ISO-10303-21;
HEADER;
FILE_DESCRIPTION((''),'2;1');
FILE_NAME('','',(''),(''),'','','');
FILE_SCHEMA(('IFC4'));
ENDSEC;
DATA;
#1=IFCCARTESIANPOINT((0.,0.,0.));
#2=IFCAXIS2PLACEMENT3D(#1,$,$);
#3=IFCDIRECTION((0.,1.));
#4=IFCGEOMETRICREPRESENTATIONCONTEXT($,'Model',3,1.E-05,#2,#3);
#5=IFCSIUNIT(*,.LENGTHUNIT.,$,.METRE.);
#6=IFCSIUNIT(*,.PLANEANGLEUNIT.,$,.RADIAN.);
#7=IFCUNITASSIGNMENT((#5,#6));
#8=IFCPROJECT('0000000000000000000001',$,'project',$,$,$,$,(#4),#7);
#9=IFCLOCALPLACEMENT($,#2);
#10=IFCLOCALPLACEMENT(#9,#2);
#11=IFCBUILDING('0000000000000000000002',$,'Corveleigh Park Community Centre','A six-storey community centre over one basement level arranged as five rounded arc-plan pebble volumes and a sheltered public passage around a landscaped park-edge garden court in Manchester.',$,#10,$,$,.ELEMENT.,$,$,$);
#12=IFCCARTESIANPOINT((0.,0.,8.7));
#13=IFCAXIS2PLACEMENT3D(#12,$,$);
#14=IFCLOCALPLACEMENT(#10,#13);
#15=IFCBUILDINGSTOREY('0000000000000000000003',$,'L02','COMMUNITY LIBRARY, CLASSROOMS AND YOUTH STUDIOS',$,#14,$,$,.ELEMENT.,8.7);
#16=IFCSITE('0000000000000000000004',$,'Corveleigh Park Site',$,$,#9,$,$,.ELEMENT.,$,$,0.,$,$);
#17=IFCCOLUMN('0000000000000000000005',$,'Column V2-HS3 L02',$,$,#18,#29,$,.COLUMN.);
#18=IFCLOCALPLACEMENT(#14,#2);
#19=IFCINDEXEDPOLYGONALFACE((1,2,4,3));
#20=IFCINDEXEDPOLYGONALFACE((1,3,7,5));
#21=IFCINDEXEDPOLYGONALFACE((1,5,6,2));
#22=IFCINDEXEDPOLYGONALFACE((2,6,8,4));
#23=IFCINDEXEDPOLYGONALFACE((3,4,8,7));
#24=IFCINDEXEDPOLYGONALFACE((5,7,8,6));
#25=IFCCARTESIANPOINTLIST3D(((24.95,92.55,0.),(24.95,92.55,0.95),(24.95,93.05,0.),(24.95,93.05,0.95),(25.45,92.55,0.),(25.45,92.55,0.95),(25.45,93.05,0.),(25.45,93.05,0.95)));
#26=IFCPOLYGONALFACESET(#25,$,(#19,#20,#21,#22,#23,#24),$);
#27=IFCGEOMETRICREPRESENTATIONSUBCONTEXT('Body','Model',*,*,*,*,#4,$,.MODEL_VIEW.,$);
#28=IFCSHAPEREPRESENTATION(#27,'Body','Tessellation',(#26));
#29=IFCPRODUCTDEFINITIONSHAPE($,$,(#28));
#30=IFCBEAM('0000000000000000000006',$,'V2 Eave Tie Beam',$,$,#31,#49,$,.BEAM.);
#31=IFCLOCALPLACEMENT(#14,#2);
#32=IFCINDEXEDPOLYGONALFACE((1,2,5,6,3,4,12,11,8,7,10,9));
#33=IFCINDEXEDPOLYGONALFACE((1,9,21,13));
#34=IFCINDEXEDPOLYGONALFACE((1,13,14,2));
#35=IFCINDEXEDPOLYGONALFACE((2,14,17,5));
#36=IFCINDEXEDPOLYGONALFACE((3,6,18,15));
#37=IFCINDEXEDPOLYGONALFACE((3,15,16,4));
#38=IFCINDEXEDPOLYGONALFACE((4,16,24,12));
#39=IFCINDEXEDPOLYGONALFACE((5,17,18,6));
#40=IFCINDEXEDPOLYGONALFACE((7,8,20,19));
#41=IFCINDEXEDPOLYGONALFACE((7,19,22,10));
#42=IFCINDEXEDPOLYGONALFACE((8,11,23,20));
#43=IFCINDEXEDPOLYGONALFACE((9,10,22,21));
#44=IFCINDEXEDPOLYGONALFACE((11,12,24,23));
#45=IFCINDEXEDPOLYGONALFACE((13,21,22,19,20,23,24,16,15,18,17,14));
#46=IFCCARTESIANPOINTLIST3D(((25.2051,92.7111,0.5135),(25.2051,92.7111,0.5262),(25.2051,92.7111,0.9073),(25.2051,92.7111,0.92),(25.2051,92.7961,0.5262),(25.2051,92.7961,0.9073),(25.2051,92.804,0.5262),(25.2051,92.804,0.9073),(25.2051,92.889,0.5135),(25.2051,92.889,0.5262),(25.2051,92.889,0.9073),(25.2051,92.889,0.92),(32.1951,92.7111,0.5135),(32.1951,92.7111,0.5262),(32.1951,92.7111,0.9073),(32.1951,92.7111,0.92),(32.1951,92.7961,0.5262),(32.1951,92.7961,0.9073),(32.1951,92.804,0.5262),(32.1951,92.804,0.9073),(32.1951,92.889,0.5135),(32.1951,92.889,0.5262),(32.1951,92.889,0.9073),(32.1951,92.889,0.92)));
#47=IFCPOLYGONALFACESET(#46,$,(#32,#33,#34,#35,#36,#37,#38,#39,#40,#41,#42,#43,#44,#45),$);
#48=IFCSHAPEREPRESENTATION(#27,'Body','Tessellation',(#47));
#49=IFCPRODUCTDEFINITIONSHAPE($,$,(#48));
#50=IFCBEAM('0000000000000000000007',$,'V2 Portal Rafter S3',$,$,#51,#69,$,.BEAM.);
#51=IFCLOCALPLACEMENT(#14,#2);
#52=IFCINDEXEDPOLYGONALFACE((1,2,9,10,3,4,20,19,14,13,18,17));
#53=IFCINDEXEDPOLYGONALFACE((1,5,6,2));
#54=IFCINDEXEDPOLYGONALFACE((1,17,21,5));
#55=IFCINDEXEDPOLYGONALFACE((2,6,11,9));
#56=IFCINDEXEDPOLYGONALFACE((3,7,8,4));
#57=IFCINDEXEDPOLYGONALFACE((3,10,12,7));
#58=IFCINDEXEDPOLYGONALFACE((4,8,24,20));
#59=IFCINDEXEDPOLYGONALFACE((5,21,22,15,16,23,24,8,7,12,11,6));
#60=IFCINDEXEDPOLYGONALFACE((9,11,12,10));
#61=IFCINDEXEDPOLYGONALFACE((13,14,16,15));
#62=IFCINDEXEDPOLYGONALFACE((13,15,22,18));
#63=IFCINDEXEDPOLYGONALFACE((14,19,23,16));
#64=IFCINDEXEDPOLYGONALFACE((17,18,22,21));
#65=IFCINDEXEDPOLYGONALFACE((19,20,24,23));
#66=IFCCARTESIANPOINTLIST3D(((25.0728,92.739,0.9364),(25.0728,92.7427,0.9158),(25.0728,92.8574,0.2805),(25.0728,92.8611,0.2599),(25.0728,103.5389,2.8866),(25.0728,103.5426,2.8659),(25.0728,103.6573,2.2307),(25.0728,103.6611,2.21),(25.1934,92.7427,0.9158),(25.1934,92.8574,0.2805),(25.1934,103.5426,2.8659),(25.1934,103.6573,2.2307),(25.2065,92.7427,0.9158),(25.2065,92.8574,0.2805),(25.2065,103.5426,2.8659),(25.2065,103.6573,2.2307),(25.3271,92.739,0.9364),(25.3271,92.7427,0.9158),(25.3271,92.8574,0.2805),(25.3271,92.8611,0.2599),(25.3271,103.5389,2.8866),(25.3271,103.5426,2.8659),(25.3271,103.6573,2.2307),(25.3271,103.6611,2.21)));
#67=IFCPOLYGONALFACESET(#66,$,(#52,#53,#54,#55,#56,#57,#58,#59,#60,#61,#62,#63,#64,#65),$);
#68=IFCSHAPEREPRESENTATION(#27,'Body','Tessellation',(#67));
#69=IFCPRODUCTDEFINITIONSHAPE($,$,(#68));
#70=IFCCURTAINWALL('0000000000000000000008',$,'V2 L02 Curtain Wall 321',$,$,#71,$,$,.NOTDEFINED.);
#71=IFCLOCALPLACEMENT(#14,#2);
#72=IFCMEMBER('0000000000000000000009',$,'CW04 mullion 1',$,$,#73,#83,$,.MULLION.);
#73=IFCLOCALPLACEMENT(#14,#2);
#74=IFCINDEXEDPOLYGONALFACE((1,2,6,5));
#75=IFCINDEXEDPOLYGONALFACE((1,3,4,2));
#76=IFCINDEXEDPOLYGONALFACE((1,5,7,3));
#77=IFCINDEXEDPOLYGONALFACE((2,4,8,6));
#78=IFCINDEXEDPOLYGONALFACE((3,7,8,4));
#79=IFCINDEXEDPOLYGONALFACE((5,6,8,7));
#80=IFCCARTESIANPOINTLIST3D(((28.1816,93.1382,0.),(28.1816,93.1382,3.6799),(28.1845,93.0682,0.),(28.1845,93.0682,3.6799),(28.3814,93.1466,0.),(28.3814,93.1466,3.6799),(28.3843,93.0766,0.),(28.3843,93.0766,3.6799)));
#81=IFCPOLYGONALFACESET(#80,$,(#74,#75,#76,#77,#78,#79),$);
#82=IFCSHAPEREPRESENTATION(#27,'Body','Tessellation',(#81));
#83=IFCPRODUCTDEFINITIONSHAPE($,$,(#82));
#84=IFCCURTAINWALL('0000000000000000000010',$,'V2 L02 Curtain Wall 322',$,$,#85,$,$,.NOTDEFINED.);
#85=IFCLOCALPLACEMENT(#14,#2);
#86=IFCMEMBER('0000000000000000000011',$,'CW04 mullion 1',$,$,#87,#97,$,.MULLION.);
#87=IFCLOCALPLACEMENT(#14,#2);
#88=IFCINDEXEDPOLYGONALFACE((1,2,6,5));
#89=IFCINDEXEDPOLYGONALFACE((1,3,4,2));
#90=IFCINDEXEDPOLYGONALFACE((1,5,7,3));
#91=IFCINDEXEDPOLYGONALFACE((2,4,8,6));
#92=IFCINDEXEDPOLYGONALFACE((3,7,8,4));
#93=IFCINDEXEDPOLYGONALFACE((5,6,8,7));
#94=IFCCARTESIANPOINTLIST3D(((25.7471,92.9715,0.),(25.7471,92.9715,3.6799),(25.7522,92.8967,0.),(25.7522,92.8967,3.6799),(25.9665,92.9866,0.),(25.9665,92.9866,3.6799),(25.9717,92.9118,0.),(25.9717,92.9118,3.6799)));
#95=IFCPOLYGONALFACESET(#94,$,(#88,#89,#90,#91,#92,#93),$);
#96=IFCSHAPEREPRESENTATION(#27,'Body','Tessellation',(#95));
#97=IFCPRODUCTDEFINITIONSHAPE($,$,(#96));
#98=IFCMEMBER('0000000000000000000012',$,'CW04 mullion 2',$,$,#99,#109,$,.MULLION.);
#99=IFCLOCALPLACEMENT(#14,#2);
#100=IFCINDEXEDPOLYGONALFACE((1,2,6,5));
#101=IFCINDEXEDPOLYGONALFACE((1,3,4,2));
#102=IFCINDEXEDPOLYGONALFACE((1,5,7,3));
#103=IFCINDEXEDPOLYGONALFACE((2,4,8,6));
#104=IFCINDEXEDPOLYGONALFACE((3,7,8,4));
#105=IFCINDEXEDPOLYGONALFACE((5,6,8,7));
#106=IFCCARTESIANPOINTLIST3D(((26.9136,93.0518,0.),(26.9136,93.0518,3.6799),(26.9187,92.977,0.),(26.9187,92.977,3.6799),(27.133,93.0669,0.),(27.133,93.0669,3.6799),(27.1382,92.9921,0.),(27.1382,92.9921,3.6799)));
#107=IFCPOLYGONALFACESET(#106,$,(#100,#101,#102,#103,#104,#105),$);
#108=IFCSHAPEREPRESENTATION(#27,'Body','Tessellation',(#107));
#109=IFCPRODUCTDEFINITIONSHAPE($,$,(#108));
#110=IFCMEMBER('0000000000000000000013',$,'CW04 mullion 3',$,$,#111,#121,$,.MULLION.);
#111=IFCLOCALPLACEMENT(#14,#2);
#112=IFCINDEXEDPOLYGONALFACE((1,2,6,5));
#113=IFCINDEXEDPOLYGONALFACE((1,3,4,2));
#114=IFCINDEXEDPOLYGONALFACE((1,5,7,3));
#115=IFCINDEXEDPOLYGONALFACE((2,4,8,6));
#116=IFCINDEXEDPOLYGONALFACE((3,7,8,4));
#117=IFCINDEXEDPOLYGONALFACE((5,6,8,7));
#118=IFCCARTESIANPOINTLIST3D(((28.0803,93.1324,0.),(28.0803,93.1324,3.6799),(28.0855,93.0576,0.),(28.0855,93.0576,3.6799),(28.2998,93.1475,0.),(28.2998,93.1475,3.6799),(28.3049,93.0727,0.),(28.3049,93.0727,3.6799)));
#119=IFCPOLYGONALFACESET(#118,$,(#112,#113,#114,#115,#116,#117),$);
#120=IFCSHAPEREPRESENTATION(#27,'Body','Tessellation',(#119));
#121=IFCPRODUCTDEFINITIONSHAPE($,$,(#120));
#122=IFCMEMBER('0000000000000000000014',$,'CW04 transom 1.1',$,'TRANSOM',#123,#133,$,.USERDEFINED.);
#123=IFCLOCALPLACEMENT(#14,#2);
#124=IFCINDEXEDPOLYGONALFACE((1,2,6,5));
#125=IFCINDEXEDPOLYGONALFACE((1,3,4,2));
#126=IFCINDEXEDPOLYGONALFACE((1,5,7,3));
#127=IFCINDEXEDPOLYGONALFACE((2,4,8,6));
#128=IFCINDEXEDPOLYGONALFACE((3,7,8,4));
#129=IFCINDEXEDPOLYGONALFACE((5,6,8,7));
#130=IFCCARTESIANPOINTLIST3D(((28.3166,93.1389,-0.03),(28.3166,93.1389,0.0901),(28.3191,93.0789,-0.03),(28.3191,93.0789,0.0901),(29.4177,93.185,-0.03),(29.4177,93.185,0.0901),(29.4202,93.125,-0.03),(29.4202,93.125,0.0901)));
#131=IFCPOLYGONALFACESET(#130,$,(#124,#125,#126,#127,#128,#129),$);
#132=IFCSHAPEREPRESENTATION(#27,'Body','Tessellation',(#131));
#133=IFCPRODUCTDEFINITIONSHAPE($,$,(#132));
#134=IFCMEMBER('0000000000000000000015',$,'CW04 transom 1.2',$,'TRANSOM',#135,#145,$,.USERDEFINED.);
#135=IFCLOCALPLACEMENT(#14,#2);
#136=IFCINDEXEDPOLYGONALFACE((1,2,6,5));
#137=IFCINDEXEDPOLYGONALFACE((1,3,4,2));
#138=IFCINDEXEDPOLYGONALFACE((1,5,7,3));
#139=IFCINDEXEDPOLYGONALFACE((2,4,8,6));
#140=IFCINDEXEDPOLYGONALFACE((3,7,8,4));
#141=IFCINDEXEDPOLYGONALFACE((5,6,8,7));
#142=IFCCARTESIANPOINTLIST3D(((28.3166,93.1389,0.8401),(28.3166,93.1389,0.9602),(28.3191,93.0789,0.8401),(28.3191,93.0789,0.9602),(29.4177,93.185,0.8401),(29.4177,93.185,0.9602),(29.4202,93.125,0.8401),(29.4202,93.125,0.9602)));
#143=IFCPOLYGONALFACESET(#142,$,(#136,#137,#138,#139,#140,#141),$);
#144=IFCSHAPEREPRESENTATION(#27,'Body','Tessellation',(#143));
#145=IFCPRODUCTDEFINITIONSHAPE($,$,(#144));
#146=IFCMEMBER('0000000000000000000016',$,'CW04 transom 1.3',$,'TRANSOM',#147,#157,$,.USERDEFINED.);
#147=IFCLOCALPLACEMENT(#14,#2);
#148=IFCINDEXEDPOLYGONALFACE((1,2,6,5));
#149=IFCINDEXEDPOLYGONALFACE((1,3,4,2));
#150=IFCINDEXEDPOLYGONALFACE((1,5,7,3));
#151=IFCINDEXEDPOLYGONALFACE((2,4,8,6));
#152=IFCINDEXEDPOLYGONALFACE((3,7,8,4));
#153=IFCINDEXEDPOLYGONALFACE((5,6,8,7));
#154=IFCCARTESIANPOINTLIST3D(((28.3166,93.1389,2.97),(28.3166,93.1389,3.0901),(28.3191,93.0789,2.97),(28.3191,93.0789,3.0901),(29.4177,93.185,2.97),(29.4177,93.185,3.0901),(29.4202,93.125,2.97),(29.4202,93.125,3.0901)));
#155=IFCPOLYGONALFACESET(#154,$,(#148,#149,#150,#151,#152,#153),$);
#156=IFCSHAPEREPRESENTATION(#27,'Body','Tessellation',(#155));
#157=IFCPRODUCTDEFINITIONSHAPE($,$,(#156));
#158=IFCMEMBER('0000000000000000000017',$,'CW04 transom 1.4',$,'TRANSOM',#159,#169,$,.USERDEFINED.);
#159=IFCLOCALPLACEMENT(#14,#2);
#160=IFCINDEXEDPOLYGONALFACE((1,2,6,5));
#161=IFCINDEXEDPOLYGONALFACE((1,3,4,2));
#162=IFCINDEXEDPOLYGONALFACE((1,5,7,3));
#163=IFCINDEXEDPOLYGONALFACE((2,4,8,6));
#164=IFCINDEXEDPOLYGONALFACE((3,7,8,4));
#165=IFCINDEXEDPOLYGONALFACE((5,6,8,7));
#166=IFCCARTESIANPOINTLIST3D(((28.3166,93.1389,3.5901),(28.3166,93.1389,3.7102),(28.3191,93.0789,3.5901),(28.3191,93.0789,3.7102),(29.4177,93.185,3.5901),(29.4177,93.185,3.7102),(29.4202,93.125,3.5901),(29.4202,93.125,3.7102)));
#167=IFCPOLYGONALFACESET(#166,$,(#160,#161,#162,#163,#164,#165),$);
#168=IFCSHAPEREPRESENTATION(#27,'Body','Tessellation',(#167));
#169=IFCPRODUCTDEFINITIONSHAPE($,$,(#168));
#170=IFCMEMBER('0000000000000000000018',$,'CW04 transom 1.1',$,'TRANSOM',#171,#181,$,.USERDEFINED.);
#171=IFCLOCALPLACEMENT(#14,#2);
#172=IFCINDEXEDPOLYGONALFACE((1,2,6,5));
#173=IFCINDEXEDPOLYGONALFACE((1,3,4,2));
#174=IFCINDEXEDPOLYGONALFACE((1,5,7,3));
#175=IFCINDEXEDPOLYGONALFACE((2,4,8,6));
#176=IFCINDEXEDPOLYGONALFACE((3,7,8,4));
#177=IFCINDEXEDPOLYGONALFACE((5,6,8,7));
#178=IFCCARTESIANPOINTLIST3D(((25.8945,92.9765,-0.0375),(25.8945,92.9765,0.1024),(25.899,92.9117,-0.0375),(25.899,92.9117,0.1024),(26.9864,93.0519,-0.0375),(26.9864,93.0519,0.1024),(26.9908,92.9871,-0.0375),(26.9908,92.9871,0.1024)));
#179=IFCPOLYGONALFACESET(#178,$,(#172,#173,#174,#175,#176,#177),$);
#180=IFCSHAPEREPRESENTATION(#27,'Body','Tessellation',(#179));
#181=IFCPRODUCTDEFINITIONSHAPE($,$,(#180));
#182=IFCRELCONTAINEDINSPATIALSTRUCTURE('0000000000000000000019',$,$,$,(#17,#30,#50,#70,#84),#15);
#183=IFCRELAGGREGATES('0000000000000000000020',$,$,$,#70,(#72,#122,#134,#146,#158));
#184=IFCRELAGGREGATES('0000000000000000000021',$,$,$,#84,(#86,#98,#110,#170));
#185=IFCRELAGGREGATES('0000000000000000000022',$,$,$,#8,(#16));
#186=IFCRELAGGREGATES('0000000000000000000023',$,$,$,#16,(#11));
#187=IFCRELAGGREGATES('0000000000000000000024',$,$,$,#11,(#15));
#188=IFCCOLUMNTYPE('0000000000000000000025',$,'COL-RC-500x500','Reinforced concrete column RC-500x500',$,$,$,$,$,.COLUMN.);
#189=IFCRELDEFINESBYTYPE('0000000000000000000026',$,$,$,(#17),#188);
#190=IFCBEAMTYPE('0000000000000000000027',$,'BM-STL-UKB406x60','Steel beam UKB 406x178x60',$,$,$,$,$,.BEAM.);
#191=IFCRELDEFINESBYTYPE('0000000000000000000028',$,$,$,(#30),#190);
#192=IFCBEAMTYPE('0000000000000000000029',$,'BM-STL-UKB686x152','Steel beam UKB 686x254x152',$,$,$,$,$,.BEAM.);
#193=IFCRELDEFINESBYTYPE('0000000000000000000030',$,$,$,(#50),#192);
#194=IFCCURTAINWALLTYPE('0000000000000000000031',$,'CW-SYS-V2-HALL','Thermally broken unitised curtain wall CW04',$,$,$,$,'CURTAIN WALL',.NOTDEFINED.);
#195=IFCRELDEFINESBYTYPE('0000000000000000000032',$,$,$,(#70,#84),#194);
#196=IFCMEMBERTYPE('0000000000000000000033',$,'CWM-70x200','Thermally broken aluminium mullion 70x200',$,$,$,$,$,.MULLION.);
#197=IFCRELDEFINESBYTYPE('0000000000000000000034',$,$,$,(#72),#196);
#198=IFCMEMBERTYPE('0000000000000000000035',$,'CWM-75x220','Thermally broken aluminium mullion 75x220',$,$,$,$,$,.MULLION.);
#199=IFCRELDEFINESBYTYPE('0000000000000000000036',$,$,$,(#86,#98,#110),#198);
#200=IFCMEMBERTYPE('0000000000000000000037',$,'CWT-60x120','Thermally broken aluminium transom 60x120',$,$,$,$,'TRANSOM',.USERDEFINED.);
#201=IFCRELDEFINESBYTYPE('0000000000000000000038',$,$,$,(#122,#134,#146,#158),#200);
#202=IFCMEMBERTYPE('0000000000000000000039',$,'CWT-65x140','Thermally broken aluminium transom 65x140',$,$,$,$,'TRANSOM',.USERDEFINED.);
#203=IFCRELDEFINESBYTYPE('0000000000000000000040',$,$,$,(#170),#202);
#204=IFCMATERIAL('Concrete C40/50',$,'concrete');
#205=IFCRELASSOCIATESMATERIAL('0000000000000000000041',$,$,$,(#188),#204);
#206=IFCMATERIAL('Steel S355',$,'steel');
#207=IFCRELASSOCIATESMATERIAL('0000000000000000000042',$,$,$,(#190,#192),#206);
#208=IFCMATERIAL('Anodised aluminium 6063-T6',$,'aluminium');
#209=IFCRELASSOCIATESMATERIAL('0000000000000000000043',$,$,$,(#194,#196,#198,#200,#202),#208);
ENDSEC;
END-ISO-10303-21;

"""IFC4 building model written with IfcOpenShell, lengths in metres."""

from ifc_helpers import new_model, si_unit, direction, frame, origin, origin_2d, place, context, subcontext, project, spatial, rectangle, i_section, extrude, material, material_profile, profile_set, type_object, element, aggregate, save


model = new_model("IFC4")

# Units and contexts
model_context = context("Model", 3, precision=1e-05, world=origin(), true_north=direction((0.0, 1.0)))
body_context = subcontext(model_context, "Body", "Model", "MODEL_VIEW")
ifc_project = project(units=[si_unit("LENGTHUNIT", "METRE"), si_unit("PLANEANGLEUNIT", "RADIAN")], contexts=[model_context])

# Site, building, storey
site_placement = place(None, origin())
site = spatial("IfcSite", under=ifc_project, at=site_placement, Name="Corveleigh Park Site", CompositionType="ELEMENT", RefElevation=0.0)
building_placement = place(site_placement, origin())
building = spatial("IfcBuilding", under=site, at=building_placement, Name="Corveleigh Park Community Centre", Description="A six-storey community centre over one basement level arranged as five rounded arc-plan pebble volumes and a sheltered public passage around a landscaped park-edge garden court in Manchester.", CompositionType="ELEMENT")
storey_placement = place(building_placement, frame((0.0, 0.0, 8.7)))
storey = spatial("IfcBuildingStorey", under=building, at=storey_placement, Name="L02", Description="COMMUNITY LIBRARY, CLASSROOMS AND YOUTH STUDIOS", CompositionType="ELEMENT", Elevation=8.7)

# Column
ifc_material_1 = material(Name="Concrete C40/50", Category="concrete")
ifc_material_profile_1 = material_profile(ifc_material_1, rectangle(XDim=0.5, YDim=0.5, at=origin_2d()), Name="RC-500x500", Category="concrete")
ifc_profile_set_1 = profile_set([ifc_material_profile_1], Name="Concrete C40/50")
column_type = type_object("IfcColumnType", Name="COL-RC-500x500", Description="Reinforced concrete column RC-500x500", PredefinedType="COLUMN", material=ifc_profile_set_1)
column_placement = place(storey_placement, frame((25.2, 92.8, 0.0), z_axis=(0.0, 0.0, 1.0), x_axis=(1.0, 0.0, 0.0)))
element("IfcColumn", 1, at=column_placement, inside=storey, type_object=column_type, Name="Column V2-HS3 L02", PredefinedType="COLUMN", context=body_context, shape_type="SweptSolid", body=[
    extrude(rectangle(XDim=0.5, YDim=0.5, at=origin_2d()), origin(), (0.0, 0.0, 1.0), 0.95),
])

# Beams
ifc_material_2 = material(Name="Steel S355", Category="steel")
ifc_material_profile_2 = material_profile(ifc_material_2, i_section(OverallWidth=0.178, OverallDepth=0.4065, WebThickness=0.0078, FlangeThickness=0.0127, at=origin_2d()), Name="UKB 406x178x60", Category="steel")
ifc_profile_set_2 = profile_set([ifc_material_profile_2], Name="Steel S355")
beam_type_1 = type_object("IfcBeamType", Name="BM-STL-UKB406x60", Description="Steel beam UKB 406x178x60", PredefinedType="BEAM", material=ifc_profile_set_2)
beam_1_placement = place(storey_placement, frame((25.2051, 92.8, 0.7168), z_axis=(1.0, 0.0, 0.0), x_axis=(0.0, 1.0, 0.0)))
element("IfcBeam", 2, at=beam_1_placement, inside=storey, type_object=beam_type_1, Name="V2 Eave Tie Beam", PredefinedType="BEAM", context=body_context, shape_type="SweptSolid", body=[
    extrude(i_section(OverallWidth=0.178, OverallDepth=0.4065, WebThickness=0.0078, FlangeThickness=0.0127, at=origin_2d()), origin(), (0.0, 0.0, 1.0), 6.99),
])
ifc_material_profile_3 = material_profile(ifc_material_2, i_section(OverallWidth=0.2544, OverallDepth=0.6875, WebThickness=0.0132, FlangeThickness=0.021, at=origin_2d()), Name="UKB 686x254x152", Category="steel")
ifc_profile_set_3 = profile_set([ifc_material_profile_3], Name="Steel S355")
beam_type_2 = type_object("IfcBeamType", Name="BM-STL-UKB686x152", Description="Steel beam UKB 686x254x152", PredefinedType="BEAM", material=ifc_profile_set_3)
beam_2_placement = place(storey_placement, frame((25.2, 92.8, 0.5981), z_axis=(0.0, 0.984085, 0.177699), x_axis=(-1.0, 0.0, 0.0)))
element("IfcBeam", 3, at=beam_2_placement, inside=storey, type_object=beam_type_2, Name="V2 Portal Rafter S3", PredefinedType="BEAM", context=body_context, shape_type="SweptSolid", body=[
    extrude(i_section(OverallWidth=0.2544, OverallDepth=0.6875, WebThickness=0.0132, FlangeThickness=0.021, at=origin_2d()), origin(), (0.0, 0.0, 1.0), 10.9746),
])

# Curtain wall, member
ifc_material_3 = material(Name="Anodised aluminium 6063-T6", Category="aluminium")
curtain_wall_type = type_object("IfcCurtainWallType", Name="CW-SYS-V2-HALL", Description="Thermally broken unitised curtain wall CW04", ElementType="CURTAIN WALL", PredefinedType="NOTDEFINED", material=ifc_material_3)
curtain_wall_1_placement = place(storey_placement, origin())
curtain_wall_1 = element("IfcCurtainWall", 4, at=curtain_wall_1_placement, inside=storey, type_object=curtain_wall_type, Name="V2 L02 Curtain Wall 321", PredefinedType="NOTDEFINED")
ifc_material_profile_4 = material_profile(ifc_material_3, rectangle(XDim=0.0701, YDim=0.2, at=origin_2d()), Name="ALU-M70x200", Category="aluminium")
ifc_profile_set_4 = profile_set([ifc_material_profile_4], Name="Anodised aluminium 6063-T6")
member_type_1 = type_object("IfcMemberType", Name="CWM-70x200", Description="Thermally broken aluminium mullion 70x200", PredefinedType="MULLION", material=ifc_profile_set_4)
member_1_placement = place(storey_placement, frame((28.283, 93.1074, 0.0), z_axis=(0.0, 0.0, 1.0), x_axis=(-0.041837, 0.999124, 0.0)))
member_1 = element("IfcMember", 5, at=member_1_placement, type_object=member_type_1, Name="CW04 mullion 1", PredefinedType="MULLION", context=body_context, shape_type="SweptSolid", body=[
    extrude(rectangle(XDim=0.0701, YDim=0.2, at=origin_2d()), origin(), (0.0, 0.0, 1.0), 3.6799),
])

# Curtain wall, members
curtain_wall_2_placement = place(storey_placement, origin())
curtain_wall_2 = element("IfcCurtainWall", 6, at=curtain_wall_2_placement, inside=storey, type_object=curtain_wall_type, Name="V2 L02 Curtain Wall 322", PredefinedType="NOTDEFINED")
ifc_material_profile_5 = material_profile(ifc_material_3, rectangle(XDim=0.075, YDim=0.22, at=origin_2d()), Name="ALU-M75x220", Category="aluminium")
ifc_profile_set_5 = profile_set([ifc_material_profile_5], Name="Anodised aluminium 6063-T6")
member_type_2 = type_object("IfcMemberType", Name="CWM-75x220", Description="Thermally broken aluminium mullion 75x220", PredefinedType="MULLION", material=ifc_profile_set_5)
member_2_placement = place(storey_placement, frame((25.8594, 92.9417, 0.0), z_axis=(0.0, 0.0, 1.0), x_axis=(-0.068774, 0.997632, 0.0)))
member_2 = element("IfcMember", 7, at=member_2_placement, type_object=member_type_2, Name="CW04 mullion 1", PredefinedType="MULLION", context=body_context, shape_type="SweptSolid", body=[
    extrude(rectangle(XDim=0.075, YDim=0.22, at=origin_2d()), origin(), (0.0, 0.0, 1.0), 3.6799),
])
member_3_placement = place(storey_placement, frame((27.0259, 93.022, 0.0), z_axis=(0.0, 0.0, 1.0), x_axis=(-0.068774, 0.997632, 0.0)))
member_3 = element("IfcMember", 8, at=member_3_placement, type_object=member_type_2, Name="CW04 mullion 2", PredefinedType="MULLION", context=body_context, shape_type="SweptSolid", body=[
    extrude(rectangle(XDim=0.075, YDim=0.22, at=origin_2d()), origin(), (0.0, 0.0, 1.0), 3.6799),
])
member_4_placement = place(storey_placement, frame((28.1926, 93.1025, 0.0), z_axis=(0.0, 0.0, 1.0), x_axis=(-0.068774, 0.997632, 0.0)))
member_4 = element("IfcMember", 9, at=member_4_placement, type_object=member_type_2, Name="CW04 mullion 3", PredefinedType="MULLION", context=body_context, shape_type="SweptSolid", body=[
    extrude(rectangle(XDim=0.075, YDim=0.22, at=origin_2d()), origin(), (0.0, 0.0, 1.0), 3.6799),
])

# Members
ifc_material_profile_6 = material_profile(ifc_material_3, rectangle(XDim=0.0601, YDim=0.1201, at=origin_2d()), Name="ALU-T60x120", Category="aluminium")
ifc_profile_set_6 = profile_set([ifc_material_profile_6], Name="Anodised aluminium 6063-T6")
member_type_3 = type_object("IfcMemberType", Name="CWT-60x120", Description="Thermally broken aluminium transom 60x120", ElementType="TRANSOM", PredefinedType="USERDEFINED", material=ifc_profile_set_6)
member_5_placement = place(storey_placement, frame((28.3179, 93.1089, 0.03), z_axis=(0.999123, 0.04187, 0.0), x_axis=(-0.04187, 0.999123, 0.0)))
member_5 = element("IfcMember", 10, at=member_5_placement, type_object=member_type_3, Name="CW04 transom 1.1", ObjectType="TRANSOM", PredefinedType="USERDEFINED", context=body_context, shape_type="SweptSolid", body=[
    extrude(rectangle(XDim=0.0601, YDim=0.1201, at=origin_2d()), origin(), (0.0, 0.0, 1.0), 1.1021),
])
member_6_placement = place(storey_placement, frame((28.3179, 93.1089, 0.9001), z_axis=(0.999123, 0.04187, 0.0), x_axis=(-0.04187, 0.999123, 0.0)))
member_6 = element("IfcMember", 11, at=member_6_placement, type_object=member_type_3, Name="CW04 transom 1.2", ObjectType="TRANSOM", PredefinedType="USERDEFINED", context=body_context, shape_type="SweptSolid", body=[
    extrude(rectangle(XDim=0.0601, YDim=0.1201, at=origin_2d()), origin(), (0.0, 0.0, 1.0), 1.1021),
])
member_7_placement = place(storey_placement, frame((28.3179, 93.1089, 3.03), z_axis=(0.999123, 0.04187, 0.0), x_axis=(-0.04187, 0.999123, 0.0)))
member_7 = element("IfcMember", 12, at=member_7_placement, type_object=member_type_3, Name="CW04 transom 1.3", ObjectType="TRANSOM", PredefinedType="USERDEFINED", context=body_context, shape_type="SweptSolid", body=[
    extrude(rectangle(XDim=0.0601, YDim=0.1201, at=origin_2d()), origin(), (0.0, 0.0, 1.0), 1.1021),
])
member_8_placement = place(storey_placement, frame((28.3179, 93.1089, 3.6501), z_axis=(0.999123, 0.04187, 0.0), x_axis=(-0.04187, 0.999123, 0.0)))
member_8 = element("IfcMember", 13, at=member_8_placement, type_object=member_type_3, Name="CW04 transom 1.4", ObjectType="TRANSOM", PredefinedType="USERDEFINED", context=body_context, shape_type="SweptSolid", body=[
    extrude(rectangle(XDim=0.0601, YDim=0.1201, at=origin_2d()), origin(), (0.0, 0.0, 1.0), 1.1021),
])
ifc_material_profile_7 = material_profile(ifc_material_3, rectangle(XDim=0.0649, YDim=0.1399, at=origin_2d()), Name="ALU-T65x140", Category="aluminium")
ifc_profile_set_7 = profile_set([ifc_material_profile_7], Name="Anodised aluminium 6063-T6")
member_type_4 = type_object("IfcMemberType", Name="CWT-65x140", Description="Thermally broken aluminium transom 65x140", ElementType="TRANSOM", PredefinedType="USERDEFINED", material=ifc_profile_set_7)
member_9_placement = place(storey_placement, frame((25.8967, 92.9441, 0.0325), z_axis=(0.997621, 0.068932, 0.0), x_axis=(-0.068932, 0.997621, 0.0)))
member_9 = element("IfcMember", 14, at=member_9_placement, type_object=member_type_4, Name="CW04 transom 1.1", ObjectType="TRANSOM", PredefinedType="USERDEFINED", context=body_context, shape_type="SweptSolid", body=[
    extrude(rectangle(XDim=0.0649, YDim=0.1399, at=origin_2d()), origin(), (0.0, 0.0, 1.0), 1.0945),
])

aggregate(curtain_wall_1, [member_1, member_5, member_6, member_7, member_8])
aggregate(curtain_wall_2, [member_2, member_3, member_4, member_9])

save(model, "model.ifc")
